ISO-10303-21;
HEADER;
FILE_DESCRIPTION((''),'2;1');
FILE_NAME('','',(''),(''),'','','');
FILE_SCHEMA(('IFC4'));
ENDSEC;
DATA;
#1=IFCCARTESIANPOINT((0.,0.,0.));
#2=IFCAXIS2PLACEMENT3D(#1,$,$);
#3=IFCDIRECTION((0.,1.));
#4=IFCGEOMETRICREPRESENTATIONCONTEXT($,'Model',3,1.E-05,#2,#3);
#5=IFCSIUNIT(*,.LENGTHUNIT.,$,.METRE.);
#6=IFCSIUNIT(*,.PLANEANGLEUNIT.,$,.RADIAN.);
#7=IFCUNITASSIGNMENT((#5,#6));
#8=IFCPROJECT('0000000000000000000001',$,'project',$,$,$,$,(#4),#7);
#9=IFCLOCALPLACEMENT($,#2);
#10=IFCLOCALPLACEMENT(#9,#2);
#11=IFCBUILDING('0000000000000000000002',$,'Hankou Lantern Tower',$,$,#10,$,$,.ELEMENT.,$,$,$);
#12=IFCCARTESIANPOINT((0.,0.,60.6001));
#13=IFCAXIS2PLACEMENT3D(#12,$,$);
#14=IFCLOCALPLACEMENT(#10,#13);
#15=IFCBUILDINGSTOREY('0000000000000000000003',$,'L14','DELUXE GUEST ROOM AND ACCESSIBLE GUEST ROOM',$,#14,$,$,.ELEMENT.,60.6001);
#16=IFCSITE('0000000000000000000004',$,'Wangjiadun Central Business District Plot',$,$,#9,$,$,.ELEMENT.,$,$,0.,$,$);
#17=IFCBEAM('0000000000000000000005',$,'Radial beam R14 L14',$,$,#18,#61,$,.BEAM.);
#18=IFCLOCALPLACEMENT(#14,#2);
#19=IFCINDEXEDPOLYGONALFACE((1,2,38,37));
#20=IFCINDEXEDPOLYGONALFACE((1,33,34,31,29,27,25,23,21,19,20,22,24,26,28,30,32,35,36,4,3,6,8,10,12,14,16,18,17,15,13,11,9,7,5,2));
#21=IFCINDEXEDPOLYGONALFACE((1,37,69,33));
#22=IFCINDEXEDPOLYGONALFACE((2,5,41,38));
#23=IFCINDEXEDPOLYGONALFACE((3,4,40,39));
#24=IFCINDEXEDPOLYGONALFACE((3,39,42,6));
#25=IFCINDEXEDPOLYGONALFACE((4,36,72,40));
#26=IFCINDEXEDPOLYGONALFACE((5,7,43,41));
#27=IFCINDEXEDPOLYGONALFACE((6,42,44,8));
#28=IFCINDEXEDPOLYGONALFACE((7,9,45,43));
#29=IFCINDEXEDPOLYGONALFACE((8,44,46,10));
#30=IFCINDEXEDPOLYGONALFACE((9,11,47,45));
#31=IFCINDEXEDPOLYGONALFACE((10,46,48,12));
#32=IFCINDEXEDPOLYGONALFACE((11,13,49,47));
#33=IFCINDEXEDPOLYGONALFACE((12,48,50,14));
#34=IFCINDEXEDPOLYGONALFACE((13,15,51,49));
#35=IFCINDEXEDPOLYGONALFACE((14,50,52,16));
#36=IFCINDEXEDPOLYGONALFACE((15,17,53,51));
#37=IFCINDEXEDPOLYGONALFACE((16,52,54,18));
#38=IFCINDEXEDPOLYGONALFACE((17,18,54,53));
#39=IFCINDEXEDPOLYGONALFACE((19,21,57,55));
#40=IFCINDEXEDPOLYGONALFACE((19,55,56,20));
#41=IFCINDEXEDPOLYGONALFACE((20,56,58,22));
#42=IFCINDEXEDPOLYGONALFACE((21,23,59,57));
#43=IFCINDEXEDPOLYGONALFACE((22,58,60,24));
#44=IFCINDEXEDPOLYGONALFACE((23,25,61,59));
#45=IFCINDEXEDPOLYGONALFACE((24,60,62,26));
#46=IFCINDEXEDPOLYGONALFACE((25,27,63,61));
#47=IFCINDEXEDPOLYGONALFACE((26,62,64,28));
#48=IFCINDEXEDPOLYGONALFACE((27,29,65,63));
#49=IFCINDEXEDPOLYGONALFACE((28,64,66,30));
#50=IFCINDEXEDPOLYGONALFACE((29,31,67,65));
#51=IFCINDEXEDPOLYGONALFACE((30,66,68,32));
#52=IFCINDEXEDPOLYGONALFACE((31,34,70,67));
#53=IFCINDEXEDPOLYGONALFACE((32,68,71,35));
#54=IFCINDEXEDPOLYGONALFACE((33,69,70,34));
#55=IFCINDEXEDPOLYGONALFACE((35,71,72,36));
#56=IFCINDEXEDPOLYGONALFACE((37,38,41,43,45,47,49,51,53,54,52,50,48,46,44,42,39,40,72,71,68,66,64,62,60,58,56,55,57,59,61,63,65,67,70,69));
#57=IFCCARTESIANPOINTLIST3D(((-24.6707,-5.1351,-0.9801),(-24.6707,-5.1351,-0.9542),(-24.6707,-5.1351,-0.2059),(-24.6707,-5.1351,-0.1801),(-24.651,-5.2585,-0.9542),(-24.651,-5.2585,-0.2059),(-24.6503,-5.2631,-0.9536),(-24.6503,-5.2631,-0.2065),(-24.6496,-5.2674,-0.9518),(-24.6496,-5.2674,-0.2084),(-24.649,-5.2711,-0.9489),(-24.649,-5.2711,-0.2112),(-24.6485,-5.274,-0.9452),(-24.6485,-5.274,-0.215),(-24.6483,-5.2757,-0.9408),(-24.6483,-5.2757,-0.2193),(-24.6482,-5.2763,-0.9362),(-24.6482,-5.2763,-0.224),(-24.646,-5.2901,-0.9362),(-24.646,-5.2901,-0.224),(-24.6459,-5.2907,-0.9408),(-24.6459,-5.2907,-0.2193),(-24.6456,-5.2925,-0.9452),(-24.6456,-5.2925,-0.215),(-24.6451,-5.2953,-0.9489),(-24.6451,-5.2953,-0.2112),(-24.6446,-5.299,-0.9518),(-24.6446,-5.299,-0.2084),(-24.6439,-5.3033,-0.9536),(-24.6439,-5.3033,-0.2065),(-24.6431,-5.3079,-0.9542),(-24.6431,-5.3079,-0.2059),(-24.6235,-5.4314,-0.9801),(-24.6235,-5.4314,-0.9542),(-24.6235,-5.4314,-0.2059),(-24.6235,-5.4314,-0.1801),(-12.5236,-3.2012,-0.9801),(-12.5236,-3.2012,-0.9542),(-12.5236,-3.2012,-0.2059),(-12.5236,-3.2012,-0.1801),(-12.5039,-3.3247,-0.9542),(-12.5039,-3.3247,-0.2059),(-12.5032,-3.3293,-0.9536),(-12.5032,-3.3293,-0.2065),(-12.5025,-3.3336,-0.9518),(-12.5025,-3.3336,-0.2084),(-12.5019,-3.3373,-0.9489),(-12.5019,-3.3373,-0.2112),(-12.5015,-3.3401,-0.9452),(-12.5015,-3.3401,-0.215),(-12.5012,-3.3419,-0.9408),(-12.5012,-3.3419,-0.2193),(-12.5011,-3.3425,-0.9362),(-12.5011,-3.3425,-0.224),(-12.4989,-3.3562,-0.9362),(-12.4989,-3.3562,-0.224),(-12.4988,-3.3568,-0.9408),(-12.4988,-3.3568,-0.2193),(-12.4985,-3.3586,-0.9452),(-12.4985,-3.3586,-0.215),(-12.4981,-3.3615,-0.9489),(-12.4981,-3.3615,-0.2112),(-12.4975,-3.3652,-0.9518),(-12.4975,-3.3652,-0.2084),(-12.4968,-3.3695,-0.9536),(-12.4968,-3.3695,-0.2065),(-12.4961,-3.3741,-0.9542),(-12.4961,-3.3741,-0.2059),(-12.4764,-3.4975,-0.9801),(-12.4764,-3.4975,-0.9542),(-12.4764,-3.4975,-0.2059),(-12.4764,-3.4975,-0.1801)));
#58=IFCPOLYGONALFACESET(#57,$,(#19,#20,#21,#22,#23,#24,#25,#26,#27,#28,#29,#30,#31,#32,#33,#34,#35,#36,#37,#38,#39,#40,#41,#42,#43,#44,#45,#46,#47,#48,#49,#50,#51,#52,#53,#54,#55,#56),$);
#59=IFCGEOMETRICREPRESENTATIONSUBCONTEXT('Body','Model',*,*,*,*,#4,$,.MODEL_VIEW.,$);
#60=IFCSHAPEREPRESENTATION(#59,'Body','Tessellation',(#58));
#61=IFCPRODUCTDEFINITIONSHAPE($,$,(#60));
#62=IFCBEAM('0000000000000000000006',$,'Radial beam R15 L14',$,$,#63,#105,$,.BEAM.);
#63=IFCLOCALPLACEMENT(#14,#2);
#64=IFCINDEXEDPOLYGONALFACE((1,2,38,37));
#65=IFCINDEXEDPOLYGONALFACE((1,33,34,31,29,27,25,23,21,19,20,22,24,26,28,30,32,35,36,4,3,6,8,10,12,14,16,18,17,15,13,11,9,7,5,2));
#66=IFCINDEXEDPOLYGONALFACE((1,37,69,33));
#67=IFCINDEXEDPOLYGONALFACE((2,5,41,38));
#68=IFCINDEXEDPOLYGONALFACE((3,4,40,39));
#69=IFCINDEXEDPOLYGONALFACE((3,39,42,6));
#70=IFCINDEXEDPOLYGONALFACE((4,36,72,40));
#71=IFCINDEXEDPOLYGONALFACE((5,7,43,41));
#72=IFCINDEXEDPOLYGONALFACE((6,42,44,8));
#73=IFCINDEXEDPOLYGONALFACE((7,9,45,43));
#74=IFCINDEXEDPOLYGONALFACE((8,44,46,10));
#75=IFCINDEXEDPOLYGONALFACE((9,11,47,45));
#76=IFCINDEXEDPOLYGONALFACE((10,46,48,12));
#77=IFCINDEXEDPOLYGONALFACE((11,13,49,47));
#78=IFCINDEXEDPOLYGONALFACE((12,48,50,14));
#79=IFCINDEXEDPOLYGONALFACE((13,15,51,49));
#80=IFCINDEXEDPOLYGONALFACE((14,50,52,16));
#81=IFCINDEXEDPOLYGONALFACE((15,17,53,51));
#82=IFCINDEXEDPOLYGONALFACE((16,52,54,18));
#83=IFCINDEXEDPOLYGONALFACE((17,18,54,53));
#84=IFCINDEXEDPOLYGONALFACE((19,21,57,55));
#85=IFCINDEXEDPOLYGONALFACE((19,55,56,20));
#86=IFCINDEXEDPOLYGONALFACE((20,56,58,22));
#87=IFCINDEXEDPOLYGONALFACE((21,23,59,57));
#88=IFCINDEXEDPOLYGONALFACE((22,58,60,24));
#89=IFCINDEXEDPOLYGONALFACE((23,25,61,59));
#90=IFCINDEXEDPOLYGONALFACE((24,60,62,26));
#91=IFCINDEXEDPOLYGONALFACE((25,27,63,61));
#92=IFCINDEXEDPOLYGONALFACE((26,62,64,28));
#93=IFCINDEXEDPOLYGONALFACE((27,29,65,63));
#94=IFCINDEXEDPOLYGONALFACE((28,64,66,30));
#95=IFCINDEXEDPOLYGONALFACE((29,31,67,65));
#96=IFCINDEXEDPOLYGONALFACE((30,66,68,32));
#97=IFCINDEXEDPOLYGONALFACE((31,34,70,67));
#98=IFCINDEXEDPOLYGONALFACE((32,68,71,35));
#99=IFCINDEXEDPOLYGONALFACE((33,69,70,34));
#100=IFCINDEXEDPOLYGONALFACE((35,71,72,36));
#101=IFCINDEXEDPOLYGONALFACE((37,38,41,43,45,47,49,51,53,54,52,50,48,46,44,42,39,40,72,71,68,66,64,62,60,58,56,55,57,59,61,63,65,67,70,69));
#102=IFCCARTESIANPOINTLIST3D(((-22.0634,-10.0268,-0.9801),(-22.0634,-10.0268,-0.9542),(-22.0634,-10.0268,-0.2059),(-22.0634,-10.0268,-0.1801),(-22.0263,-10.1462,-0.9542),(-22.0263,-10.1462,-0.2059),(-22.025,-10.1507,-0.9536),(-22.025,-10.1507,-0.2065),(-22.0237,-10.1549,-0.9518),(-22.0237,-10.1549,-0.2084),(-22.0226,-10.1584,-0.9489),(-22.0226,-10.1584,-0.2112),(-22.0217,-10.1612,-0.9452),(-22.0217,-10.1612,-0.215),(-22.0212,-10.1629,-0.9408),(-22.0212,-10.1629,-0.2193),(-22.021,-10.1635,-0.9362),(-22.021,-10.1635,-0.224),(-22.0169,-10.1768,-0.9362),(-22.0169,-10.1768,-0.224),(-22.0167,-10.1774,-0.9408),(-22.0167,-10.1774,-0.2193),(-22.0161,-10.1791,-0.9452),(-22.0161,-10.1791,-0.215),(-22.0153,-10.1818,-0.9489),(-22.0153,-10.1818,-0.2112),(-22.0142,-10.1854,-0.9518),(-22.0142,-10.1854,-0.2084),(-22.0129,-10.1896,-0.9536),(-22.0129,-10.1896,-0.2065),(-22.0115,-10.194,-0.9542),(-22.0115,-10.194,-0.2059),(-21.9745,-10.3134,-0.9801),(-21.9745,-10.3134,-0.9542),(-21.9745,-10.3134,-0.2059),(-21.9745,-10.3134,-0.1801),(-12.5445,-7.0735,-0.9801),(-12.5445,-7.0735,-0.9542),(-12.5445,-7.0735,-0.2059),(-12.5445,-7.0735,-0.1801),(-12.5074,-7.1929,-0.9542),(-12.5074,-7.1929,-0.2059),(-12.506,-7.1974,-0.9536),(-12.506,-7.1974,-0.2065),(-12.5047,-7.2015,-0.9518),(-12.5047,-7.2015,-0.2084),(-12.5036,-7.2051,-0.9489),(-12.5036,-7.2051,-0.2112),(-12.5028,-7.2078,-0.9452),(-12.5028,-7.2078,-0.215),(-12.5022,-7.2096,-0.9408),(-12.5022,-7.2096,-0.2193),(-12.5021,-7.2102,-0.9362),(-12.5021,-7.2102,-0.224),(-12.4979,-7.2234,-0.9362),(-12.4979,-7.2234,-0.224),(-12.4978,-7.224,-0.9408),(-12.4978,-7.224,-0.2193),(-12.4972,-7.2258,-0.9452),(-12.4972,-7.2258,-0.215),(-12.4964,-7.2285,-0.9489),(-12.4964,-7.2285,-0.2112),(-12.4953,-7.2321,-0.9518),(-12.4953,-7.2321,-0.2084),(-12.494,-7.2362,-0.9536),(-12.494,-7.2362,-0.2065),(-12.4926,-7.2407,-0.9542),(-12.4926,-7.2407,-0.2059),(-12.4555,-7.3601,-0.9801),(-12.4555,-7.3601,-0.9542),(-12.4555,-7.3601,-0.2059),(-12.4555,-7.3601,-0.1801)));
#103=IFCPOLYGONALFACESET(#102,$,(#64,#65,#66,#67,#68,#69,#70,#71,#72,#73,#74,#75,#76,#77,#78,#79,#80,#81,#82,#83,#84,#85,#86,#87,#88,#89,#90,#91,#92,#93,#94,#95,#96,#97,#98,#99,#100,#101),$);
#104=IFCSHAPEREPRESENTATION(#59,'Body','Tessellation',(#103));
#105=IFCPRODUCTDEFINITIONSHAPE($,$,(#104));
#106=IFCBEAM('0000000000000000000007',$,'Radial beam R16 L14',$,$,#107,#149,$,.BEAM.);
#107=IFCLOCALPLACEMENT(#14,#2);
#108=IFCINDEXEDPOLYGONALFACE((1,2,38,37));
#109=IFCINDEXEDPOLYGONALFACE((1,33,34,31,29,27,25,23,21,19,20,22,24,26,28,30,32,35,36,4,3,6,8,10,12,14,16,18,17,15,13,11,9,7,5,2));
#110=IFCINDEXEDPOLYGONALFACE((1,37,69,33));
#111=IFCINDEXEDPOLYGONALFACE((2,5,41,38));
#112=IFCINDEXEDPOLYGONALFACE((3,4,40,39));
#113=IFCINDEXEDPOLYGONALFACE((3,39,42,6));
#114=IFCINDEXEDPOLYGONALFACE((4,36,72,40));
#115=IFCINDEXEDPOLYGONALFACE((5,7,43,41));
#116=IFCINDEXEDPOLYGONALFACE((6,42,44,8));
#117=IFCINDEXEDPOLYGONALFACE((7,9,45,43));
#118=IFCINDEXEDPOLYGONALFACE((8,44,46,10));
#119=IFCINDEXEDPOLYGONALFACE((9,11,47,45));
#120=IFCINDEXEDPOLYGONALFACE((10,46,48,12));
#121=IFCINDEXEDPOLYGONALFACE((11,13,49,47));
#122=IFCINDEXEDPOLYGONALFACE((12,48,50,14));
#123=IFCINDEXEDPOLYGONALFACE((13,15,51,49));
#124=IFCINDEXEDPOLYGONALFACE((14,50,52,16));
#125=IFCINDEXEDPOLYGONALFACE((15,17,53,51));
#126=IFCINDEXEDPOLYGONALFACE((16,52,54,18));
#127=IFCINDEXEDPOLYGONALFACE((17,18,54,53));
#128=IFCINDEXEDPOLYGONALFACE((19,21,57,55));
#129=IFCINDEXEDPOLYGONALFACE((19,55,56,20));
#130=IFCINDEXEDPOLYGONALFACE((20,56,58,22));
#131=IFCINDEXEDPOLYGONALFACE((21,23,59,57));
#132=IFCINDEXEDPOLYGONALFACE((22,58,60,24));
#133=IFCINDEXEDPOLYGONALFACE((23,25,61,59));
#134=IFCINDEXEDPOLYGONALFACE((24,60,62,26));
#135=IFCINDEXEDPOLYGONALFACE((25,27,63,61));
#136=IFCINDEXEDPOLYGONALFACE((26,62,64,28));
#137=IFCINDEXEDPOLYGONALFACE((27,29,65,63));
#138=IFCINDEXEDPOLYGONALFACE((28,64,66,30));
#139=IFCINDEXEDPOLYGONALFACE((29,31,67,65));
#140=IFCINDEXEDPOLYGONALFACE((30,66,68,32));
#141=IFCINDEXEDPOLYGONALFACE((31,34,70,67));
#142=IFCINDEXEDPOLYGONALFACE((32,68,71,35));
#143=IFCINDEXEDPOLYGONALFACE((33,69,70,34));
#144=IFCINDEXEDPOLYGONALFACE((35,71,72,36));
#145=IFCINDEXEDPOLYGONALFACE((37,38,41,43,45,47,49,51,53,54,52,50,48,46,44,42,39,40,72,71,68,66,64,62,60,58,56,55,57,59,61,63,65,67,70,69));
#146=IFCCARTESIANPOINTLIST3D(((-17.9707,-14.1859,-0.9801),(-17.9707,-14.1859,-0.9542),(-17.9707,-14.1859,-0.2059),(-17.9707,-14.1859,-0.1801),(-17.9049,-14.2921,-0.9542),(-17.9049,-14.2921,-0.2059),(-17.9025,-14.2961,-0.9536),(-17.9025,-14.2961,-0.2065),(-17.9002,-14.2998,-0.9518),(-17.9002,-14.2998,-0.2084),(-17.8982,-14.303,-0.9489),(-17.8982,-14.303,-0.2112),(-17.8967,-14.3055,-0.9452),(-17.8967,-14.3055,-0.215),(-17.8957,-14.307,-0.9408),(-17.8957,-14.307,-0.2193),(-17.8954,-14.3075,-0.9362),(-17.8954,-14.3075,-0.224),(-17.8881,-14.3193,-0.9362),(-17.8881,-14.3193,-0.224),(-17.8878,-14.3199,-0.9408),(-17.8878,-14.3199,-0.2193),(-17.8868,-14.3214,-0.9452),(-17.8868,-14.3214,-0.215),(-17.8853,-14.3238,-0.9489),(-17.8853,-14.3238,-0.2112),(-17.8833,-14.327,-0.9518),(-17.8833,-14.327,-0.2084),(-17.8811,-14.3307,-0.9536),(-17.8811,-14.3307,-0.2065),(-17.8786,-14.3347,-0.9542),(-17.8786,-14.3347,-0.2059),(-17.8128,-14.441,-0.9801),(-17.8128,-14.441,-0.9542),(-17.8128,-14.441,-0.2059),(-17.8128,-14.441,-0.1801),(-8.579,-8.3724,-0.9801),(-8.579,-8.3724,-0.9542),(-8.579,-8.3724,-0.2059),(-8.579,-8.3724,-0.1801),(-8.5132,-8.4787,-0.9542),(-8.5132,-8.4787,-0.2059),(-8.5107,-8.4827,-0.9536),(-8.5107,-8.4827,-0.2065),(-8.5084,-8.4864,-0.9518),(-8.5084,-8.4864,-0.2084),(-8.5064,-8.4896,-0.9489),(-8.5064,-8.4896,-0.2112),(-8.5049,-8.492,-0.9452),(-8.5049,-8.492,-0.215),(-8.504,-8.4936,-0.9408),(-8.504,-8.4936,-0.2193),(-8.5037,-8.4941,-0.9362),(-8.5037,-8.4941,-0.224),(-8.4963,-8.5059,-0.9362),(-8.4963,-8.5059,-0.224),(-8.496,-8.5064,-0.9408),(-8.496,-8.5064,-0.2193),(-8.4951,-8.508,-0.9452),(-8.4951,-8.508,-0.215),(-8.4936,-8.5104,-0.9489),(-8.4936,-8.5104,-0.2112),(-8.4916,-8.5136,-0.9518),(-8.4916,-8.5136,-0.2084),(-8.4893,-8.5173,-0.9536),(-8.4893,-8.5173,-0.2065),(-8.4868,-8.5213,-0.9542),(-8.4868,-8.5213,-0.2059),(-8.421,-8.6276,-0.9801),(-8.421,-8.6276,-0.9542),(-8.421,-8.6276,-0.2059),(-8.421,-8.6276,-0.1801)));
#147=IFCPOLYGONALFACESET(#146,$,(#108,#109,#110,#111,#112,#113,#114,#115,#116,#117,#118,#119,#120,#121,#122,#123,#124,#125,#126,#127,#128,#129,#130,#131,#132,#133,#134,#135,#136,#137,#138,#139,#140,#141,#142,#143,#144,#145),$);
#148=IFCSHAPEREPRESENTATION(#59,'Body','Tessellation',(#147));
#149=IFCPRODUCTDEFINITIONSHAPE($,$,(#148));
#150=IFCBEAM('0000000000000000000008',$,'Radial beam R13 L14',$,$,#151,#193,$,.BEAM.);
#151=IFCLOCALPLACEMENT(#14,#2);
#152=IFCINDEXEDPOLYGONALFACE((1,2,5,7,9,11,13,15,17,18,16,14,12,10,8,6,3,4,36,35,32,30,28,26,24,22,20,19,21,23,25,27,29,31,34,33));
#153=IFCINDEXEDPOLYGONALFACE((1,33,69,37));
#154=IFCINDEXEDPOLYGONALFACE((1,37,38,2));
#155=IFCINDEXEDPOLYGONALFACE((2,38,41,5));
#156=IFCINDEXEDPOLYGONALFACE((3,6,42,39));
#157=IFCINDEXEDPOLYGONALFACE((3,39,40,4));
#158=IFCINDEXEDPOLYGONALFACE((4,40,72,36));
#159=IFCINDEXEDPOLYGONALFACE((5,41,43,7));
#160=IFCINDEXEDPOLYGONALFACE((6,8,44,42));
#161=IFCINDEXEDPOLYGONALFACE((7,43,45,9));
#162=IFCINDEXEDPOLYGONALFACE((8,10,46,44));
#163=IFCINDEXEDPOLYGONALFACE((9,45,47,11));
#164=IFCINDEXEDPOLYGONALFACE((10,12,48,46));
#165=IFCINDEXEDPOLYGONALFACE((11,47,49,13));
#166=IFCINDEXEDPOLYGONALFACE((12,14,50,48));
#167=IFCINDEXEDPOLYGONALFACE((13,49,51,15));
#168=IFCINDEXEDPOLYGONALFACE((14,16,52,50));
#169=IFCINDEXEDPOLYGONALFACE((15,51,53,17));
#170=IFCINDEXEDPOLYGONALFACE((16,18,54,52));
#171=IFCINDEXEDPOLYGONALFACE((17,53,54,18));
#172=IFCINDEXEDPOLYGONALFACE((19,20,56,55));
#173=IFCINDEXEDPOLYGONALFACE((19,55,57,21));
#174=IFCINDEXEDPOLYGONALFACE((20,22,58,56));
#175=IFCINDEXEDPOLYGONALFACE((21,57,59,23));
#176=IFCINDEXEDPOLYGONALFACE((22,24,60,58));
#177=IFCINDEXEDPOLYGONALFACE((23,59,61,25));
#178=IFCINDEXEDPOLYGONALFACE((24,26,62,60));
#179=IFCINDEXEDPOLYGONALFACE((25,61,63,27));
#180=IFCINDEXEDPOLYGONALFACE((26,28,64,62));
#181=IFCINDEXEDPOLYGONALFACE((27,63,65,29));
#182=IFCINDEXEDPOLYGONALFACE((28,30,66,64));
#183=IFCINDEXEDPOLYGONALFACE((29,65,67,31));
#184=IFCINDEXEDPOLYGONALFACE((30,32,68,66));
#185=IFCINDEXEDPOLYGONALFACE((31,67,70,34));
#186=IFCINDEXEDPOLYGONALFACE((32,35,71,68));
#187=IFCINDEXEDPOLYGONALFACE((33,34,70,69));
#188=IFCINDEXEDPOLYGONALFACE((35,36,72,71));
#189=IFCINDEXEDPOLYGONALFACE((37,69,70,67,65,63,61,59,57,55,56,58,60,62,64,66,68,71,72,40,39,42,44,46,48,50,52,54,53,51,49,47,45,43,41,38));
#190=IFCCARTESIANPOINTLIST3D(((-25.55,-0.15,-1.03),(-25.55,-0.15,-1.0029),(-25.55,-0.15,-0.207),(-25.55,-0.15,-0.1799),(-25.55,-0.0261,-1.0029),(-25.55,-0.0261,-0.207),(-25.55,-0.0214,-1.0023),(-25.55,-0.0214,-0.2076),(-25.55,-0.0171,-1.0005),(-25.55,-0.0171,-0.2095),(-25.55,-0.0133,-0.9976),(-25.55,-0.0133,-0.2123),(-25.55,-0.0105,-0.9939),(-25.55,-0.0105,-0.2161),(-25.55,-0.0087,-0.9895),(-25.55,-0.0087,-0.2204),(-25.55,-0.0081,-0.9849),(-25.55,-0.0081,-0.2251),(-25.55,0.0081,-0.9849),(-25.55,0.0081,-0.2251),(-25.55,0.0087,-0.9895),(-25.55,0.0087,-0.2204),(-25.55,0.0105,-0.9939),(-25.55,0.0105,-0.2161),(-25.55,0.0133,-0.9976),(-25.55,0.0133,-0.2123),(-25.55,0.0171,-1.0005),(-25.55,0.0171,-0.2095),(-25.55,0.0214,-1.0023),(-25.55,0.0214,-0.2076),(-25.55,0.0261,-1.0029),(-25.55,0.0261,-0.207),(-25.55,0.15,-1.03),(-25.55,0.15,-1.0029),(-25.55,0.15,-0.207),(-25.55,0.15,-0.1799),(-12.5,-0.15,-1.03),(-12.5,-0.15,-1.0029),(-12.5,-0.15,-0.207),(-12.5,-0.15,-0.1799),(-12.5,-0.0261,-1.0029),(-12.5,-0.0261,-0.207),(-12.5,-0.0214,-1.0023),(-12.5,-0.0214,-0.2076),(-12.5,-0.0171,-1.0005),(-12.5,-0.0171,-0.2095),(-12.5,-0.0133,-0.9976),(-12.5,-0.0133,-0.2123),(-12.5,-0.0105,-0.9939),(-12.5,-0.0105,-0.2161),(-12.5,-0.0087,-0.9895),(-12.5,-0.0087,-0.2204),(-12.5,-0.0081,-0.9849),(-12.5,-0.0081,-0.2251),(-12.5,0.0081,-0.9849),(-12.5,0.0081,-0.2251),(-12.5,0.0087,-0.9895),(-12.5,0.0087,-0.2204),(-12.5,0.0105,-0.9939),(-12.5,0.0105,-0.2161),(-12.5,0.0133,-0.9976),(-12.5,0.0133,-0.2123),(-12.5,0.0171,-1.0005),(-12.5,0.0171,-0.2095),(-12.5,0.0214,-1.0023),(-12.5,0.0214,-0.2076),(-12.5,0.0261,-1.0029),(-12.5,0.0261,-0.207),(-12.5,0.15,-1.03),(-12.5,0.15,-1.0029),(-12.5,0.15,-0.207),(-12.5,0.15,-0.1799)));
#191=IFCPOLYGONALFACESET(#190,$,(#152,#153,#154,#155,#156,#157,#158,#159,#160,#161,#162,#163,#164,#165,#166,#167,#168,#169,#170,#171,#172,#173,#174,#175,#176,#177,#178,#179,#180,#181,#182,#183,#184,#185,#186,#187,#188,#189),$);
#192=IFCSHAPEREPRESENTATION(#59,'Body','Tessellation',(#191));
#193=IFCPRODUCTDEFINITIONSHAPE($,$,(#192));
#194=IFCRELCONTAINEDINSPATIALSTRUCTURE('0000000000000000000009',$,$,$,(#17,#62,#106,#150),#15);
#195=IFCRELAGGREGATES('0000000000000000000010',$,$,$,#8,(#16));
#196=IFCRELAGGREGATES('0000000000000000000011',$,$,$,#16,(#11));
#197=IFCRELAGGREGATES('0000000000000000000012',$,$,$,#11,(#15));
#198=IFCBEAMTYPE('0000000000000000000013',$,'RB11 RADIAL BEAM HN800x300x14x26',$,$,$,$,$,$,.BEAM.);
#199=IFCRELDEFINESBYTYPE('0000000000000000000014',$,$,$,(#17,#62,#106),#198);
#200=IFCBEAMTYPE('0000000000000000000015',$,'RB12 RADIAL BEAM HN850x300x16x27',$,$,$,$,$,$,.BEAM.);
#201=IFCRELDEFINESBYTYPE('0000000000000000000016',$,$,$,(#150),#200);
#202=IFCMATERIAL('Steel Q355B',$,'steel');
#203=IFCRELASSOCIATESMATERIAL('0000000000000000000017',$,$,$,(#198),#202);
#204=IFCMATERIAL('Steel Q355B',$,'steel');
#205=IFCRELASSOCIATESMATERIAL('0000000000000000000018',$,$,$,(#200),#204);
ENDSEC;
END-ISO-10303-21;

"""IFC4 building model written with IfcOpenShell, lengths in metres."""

from ifc_helpers import new_model, si_unit, direction, frame, origin, origin_2d, place, context, subcontext, project, spatial, i_section, extrude, material, material_profile, profile_set, type_object, element, save


model = new_model("IFC4")

# Units and contexts
model_context = context("Model", 3, precision=1e-05, world=origin(), true_north=direction((0.0, 1.0)))
body_context = subcontext(model_context, "Body", "Model", "MODEL_VIEW")
ifc_project = project(units=[si_unit("LENGTHUNIT", "METRE"), si_unit("PLANEANGLEUNIT", "RADIAN")], contexts=[model_context])

# Site, building, storey
site_placement = place(None, origin())
site = spatial("IfcSite", under=ifc_project, at=site_placement, Name="Wangjiadun Central Business District Plot", CompositionType="ELEMENT", RefElevation=0.0)
building_placement = place(site_placement, origin())
building = spatial("IfcBuilding", under=site, at=building_placement, Name="Hankou Lantern Tower", CompositionType="ELEMENT")
storey_placement = place(building_placement, frame((0.0, 0.0, 60.6001)))
storey = spatial("IfcBuildingStorey", under=building, at=storey_placement, Name="L14", Description="DELUXE GUEST ROOM AND ACCESSIBLE GUEST ROOM", CompositionType="ELEMENT", Elevation=60.6001)

# Beams
ifc_material_1 = material(Name="Steel Q355B", Category="steel")
ifc_material_profile_1 = material_profile(ifc_material_1, i_section(OverallWidth=0.3, OverallDepth=0.8, WebThickness=0.0139, FlangeThickness=0.0259, FilletRadius=0.0181, at=origin_2d()), Name="HN800x300x14x26")
ifc_profile_set_1 = profile_set([ifc_material_profile_1], Name="Steel Q355B")
beam_type_1 = type_object("IfcBeamType", Name="RB11 RADIAL BEAM HN800x300x14x26", PredefinedType="BEAM", material=ifc_profile_set_1)
beam_1_placement = place(storey_placement, frame((-12.5, -3.3494, -0.5801), z_axis=(-0.987563, -0.157223, 0.0), x_axis=(0.157223, -0.987563, 0.0)))
element("IfcBeam", 1, at=beam_1_placement, inside=storey, type_object=beam_type_1, Name="Radial beam R14 L14", PredefinedType="BEAM", context=body_context, shape_type="SweptSolid", body=[
    extrude(i_section(OverallWidth=0.3, OverallDepth=0.8, WebThickness=0.0139, FlangeThickness=0.0259, FilletRadius=0.0181, at=origin_2d()), origin(), (0.0, 0.0, 1.0), 12.3),
])
beam_2_placement = place(storey_placement, frame((-12.5, -7.2168, -0.5801), z_axis=(-0.955087, -0.296324, 0.0), x_axis=(0.296324, -0.955087, 0.0)))
element("IfcBeam", 2, at=beam_2_placement, inside=storey, type_object=beam_type_1, Name="Radial beam R15 L14", PredefinedType="BEAM", context=body_context, shape_type="SweptSolid", body=[
    extrude(i_section(OverallWidth=0.3, OverallDepth=0.8, WebThickness=0.0139, FlangeThickness=0.0259, FilletRadius=0.0181, at=origin_2d()), origin(), (0.0, 0.0, 1.0), 9.9666),
])
beam_3_placement = place(storey_placement, frame((-8.5, -8.5, -0.5801), z_axis=(-0.850286, -0.52632, 0.0), x_axis=(0.52632, -0.850286, 0.0)))
element("IfcBeam", 3, at=beam_3_placement, inside=storey, type_object=beam_type_1, Name="Radial beam R16 L14", PredefinedType="BEAM", context=body_context, shape_type="SweptSolid", body=[
    extrude(i_section(OverallWidth=0.3, OverallDepth=0.8, WebThickness=0.0139, FlangeThickness=0.0259, FilletRadius=0.0181, at=origin_2d()), origin(), (0.0, 0.0, 1.0), 11.0454),
])
ifc_material_2 = material(Name="Steel Q355B", Category="steel")
ifc_material_profile_2 = material_profile(ifc_material_2, i_section(OverallWidth=0.3, OverallDepth=0.8501, WebThickness=0.0161, FlangeThickness=0.0271, FilletRadius=0.0181, at=origin_2d()), Name="HN850x300x16x27")
ifc_profile_set_2 = profile_set([ifc_material_profile_2], Name="Steel Q355B")
beam_type_2 = type_object("IfcBeamType", Name="RB12 RADIAL BEAM HN850x300x16x27", PredefinedType="BEAM", material=ifc_profile_set_2)
beam_4_placement = place(storey_placement, frame((-12.5, 0.0, -0.605), z_axis=(-1.0, 0.0, 0.0), x_axis=(0.0, -1.0, 0.0)))
element("IfcBeam", 4, at=beam_4_placement, inside=storey, type_object=beam_type_2, Name="Radial beam R13 L14", PredefinedType="BEAM", context=body_context, shape_type="SweptSolid", body=[
    extrude(i_section(OverallWidth=0.3, OverallDepth=0.8501, WebThickness=0.0161, FlangeThickness=0.0271, FilletRadius=0.0181, at=origin_2d()), origin(), (0.0, 0.0, 1.0), 13.05),
])

save(model, "model.ifc")
